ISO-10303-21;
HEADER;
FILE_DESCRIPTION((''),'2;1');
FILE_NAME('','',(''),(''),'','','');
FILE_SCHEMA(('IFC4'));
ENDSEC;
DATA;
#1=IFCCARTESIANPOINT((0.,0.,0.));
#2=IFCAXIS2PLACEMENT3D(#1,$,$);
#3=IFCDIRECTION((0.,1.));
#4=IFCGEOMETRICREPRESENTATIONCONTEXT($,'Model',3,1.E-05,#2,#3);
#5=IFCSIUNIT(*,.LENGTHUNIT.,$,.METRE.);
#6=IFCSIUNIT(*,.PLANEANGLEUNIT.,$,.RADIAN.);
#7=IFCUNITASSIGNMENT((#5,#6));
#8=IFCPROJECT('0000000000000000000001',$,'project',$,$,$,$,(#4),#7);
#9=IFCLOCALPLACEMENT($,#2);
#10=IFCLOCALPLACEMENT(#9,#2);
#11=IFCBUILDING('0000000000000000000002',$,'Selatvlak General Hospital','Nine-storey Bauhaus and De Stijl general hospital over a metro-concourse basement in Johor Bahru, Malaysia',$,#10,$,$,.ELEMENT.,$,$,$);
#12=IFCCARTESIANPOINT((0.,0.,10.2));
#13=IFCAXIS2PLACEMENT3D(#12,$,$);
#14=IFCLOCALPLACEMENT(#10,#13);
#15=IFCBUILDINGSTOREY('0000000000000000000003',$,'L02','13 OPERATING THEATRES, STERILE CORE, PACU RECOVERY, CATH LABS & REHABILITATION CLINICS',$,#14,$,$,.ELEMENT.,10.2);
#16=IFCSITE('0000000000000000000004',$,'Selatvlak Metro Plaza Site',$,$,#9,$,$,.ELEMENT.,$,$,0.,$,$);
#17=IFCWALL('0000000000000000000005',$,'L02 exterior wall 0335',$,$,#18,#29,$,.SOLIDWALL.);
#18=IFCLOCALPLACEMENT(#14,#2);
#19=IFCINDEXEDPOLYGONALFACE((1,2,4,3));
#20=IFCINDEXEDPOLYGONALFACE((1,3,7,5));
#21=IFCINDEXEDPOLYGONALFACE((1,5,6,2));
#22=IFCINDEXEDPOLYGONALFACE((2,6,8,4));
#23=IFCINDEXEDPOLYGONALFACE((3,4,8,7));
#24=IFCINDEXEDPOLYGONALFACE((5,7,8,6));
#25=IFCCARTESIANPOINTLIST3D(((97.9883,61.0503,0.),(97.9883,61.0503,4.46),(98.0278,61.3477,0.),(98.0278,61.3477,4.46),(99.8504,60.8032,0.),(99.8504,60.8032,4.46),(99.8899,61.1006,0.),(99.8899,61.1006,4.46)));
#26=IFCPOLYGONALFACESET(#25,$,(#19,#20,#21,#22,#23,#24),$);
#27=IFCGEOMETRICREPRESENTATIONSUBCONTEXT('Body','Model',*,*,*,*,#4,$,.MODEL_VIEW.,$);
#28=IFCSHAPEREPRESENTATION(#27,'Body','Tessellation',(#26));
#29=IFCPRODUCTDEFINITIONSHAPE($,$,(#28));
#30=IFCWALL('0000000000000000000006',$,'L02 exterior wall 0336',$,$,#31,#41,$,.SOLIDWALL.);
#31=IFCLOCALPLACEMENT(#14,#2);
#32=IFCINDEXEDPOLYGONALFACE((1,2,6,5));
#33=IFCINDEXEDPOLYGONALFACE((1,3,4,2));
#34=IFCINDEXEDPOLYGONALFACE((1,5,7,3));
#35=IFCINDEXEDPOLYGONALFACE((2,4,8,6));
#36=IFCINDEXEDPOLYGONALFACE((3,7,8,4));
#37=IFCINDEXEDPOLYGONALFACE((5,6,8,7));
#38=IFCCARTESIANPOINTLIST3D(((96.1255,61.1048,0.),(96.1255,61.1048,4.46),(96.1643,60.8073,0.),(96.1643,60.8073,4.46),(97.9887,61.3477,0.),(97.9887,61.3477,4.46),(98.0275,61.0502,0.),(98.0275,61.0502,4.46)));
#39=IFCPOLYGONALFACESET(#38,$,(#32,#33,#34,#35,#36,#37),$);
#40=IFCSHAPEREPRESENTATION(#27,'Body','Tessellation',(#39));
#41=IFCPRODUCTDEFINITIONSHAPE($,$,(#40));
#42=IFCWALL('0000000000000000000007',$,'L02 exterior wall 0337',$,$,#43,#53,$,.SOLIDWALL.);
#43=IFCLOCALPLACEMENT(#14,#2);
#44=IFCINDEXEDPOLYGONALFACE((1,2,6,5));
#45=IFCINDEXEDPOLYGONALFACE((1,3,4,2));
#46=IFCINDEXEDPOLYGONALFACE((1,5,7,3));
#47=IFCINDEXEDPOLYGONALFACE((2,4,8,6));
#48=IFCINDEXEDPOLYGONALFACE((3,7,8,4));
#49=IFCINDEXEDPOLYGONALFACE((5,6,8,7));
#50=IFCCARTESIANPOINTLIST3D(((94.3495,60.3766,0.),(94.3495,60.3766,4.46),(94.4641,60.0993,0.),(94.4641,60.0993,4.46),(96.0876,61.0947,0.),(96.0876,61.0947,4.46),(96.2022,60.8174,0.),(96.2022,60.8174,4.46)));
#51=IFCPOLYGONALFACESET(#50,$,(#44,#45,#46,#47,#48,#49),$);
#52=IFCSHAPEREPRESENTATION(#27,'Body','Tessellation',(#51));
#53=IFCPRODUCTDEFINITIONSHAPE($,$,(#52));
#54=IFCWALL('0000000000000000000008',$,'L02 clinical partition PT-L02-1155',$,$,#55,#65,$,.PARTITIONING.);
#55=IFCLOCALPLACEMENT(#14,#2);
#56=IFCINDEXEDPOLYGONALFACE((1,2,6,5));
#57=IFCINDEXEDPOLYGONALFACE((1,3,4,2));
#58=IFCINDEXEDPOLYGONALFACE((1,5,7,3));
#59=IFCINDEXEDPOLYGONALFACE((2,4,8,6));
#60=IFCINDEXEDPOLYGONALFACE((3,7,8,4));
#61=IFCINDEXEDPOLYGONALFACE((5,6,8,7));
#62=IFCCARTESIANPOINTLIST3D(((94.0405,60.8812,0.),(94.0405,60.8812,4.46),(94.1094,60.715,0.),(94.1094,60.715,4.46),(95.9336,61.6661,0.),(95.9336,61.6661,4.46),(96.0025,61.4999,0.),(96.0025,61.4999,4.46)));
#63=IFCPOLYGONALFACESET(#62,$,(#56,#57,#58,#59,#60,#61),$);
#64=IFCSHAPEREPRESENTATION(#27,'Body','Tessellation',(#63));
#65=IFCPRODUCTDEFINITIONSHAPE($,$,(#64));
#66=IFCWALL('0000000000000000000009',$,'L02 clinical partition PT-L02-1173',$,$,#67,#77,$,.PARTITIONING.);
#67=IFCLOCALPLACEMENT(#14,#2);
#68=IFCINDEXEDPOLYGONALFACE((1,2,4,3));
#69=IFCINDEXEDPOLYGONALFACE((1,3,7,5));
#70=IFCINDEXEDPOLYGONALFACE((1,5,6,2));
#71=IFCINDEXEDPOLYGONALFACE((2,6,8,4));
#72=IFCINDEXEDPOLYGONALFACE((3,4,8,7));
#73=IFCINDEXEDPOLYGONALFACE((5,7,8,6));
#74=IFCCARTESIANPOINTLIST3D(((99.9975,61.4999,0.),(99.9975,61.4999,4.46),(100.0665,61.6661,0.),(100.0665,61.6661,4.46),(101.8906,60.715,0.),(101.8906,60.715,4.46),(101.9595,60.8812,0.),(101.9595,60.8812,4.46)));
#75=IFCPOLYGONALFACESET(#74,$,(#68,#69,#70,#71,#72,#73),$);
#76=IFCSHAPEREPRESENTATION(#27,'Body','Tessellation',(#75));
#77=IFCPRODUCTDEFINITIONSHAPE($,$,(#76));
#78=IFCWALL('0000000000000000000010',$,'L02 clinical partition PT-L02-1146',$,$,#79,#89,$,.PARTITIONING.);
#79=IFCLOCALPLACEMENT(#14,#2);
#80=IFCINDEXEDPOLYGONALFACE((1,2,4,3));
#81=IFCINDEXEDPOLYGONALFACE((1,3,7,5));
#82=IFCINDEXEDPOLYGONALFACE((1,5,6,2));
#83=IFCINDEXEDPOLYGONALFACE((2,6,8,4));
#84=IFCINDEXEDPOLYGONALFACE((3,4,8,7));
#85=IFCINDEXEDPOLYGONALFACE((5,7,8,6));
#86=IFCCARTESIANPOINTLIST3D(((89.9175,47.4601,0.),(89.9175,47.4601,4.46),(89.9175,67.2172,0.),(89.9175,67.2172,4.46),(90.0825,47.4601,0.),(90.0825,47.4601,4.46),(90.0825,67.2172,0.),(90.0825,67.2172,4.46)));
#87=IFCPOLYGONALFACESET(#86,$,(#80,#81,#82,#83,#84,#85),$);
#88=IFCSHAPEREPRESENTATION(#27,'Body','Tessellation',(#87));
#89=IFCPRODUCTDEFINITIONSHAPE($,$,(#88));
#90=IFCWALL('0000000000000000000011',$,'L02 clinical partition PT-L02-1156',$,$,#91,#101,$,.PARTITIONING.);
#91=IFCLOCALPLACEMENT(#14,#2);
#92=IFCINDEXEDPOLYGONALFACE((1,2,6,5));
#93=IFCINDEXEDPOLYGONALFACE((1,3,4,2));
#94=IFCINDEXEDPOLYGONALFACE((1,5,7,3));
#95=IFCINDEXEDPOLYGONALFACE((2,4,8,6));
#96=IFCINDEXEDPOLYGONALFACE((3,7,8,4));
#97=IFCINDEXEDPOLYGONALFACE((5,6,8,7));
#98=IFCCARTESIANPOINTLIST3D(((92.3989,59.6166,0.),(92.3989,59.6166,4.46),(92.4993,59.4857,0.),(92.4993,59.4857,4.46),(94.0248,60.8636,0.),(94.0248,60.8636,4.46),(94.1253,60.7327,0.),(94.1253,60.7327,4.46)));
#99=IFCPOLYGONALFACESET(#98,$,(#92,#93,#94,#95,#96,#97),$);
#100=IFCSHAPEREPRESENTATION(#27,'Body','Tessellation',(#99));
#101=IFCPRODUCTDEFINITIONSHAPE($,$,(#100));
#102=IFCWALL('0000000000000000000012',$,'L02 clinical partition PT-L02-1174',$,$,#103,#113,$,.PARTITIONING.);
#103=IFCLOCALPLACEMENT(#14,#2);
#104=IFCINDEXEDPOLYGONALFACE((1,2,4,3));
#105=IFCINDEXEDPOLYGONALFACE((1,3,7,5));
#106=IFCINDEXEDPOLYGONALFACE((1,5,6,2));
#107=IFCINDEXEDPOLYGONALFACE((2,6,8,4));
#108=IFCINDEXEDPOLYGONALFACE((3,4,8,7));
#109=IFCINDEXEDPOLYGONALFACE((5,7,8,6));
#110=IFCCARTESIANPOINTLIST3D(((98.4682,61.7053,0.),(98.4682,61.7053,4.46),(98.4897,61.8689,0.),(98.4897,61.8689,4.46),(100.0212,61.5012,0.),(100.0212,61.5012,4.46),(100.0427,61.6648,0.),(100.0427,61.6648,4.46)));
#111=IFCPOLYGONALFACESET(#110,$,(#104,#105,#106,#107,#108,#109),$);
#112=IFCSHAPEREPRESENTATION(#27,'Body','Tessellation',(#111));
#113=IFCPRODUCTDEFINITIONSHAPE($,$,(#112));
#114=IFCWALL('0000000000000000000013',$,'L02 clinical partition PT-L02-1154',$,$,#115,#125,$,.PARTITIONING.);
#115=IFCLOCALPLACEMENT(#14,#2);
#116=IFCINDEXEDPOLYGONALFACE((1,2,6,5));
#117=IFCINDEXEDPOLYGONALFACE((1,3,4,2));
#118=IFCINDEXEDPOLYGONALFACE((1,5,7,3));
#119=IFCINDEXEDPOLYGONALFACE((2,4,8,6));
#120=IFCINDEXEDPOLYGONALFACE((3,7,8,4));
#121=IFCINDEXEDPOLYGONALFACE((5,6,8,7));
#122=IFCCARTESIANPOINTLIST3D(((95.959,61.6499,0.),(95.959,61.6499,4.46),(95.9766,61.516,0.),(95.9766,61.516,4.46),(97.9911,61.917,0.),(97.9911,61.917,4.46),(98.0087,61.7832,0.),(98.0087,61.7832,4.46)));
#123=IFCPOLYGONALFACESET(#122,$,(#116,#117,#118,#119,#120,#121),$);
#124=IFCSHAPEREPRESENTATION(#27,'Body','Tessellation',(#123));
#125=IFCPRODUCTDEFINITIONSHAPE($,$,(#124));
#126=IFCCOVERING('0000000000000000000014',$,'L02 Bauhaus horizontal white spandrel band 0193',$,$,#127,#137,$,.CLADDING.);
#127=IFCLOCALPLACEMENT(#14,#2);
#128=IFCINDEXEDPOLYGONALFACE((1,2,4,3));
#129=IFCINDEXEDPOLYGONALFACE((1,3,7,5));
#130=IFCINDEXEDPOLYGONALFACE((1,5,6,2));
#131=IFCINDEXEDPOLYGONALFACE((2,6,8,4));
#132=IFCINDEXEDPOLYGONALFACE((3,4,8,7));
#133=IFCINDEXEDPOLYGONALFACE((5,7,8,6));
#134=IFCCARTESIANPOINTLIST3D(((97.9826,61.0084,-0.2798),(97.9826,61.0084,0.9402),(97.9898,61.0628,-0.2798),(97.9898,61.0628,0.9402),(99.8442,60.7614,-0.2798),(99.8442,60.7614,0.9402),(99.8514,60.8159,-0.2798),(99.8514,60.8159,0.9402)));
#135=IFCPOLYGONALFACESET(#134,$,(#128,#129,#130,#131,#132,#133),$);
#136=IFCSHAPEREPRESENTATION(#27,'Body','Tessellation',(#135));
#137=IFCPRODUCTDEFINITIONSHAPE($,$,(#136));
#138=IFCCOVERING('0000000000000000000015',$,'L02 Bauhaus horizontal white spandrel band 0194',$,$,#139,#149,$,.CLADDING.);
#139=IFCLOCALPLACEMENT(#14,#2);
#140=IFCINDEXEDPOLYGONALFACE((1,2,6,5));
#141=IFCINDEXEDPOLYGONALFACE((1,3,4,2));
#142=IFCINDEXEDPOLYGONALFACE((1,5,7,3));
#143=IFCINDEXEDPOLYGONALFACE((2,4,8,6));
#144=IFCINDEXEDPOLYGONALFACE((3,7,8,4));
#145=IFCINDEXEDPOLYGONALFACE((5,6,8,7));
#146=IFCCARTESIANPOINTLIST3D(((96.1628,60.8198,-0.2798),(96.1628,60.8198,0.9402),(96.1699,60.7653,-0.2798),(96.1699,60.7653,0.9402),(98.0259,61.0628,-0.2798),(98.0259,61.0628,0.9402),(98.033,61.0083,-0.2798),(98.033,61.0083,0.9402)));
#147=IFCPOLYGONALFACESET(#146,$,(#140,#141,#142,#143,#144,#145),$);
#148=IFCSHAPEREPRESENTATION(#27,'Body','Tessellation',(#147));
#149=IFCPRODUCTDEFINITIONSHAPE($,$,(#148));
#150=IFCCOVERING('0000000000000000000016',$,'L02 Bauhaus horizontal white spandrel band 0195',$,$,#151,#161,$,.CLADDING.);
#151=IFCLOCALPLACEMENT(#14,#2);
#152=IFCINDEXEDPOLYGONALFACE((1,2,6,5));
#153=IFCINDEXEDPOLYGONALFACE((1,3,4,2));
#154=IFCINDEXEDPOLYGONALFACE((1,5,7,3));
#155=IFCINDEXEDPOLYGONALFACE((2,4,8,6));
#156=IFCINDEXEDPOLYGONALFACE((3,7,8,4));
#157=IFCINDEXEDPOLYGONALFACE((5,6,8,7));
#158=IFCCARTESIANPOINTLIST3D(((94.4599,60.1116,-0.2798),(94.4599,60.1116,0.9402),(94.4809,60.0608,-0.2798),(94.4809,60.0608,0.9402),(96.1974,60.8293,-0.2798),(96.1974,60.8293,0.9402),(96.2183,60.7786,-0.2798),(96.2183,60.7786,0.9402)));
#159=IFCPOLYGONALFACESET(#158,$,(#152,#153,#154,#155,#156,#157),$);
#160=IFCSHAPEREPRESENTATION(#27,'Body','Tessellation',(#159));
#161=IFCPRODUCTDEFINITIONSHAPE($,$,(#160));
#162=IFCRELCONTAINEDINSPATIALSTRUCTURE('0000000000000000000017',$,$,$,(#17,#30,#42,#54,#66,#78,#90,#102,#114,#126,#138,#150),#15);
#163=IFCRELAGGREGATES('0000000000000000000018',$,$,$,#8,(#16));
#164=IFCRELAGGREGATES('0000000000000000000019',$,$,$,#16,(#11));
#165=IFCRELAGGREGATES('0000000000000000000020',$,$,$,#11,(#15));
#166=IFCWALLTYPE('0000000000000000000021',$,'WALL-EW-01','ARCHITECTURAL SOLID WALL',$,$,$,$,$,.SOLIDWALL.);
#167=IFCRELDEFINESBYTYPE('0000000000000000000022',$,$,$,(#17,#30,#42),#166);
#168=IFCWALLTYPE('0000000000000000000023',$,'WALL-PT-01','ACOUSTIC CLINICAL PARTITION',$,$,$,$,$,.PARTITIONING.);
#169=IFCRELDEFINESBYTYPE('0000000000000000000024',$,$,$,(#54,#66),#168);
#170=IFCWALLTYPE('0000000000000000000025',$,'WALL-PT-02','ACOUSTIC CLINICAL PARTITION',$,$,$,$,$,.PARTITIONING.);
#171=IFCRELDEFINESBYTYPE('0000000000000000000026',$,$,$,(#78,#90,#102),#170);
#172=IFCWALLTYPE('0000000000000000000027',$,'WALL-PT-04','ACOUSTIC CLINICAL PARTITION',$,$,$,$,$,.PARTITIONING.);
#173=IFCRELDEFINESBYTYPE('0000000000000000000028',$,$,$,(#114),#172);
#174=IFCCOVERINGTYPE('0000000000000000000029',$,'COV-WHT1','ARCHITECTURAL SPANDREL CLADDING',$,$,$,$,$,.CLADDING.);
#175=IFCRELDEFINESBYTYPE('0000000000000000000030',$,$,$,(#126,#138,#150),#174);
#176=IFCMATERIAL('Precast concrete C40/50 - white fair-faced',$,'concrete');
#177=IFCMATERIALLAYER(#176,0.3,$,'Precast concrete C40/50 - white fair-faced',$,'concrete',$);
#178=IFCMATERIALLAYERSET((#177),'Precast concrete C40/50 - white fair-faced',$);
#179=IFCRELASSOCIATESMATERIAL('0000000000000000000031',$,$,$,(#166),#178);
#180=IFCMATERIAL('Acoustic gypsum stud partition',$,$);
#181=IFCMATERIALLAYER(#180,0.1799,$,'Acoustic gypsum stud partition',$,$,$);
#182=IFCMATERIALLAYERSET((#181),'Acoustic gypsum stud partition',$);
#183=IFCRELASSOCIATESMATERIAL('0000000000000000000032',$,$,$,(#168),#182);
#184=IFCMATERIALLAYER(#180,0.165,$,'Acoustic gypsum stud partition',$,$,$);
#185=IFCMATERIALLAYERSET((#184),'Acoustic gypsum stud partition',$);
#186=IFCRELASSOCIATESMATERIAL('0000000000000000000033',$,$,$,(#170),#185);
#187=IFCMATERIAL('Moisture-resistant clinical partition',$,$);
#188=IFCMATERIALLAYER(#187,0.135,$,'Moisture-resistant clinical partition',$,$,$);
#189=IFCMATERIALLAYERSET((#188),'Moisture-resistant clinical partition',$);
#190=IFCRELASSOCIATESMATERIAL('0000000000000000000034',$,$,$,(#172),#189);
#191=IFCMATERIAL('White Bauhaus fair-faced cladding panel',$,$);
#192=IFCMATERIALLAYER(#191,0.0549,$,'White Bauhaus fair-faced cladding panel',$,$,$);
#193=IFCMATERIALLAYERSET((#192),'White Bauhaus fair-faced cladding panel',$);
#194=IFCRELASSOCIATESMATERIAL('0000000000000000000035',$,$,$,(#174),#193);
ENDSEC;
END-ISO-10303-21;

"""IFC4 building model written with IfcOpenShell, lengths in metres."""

from ifc_helpers import new_model, si_unit, direction, frame, frame_2d, origin, origin_2d, place, context, subcontext, project, spatial, rectangle, extrude, material, layer, layer_set, type_object, element, save


model = new_model("IFC4")

# Units and contexts
model_context = context("Model", 3, precision=1e-05, world=origin(), true_north=direction((0.0, 1.0)))
body_context = subcontext(model_context, "Body", "Model", "MODEL_VIEW")
ifc_project = project(units=[si_unit("LENGTHUNIT", "METRE"), si_unit("PLANEANGLEUNIT", "RADIAN")], contexts=[model_context])

# Site, building, storey
site_placement = place(None, origin())
site = spatial("IfcSite", under=ifc_project, at=site_placement, Name="Selatvlak Metro Plaza Site", CompositionType="ELEMENT", RefElevation=0.0)
building_placement = place(site_placement, origin())
building = spatial("IfcBuilding", under=site, at=building_placement, Name="Selatvlak General Hospital", Description="Nine-storey Bauhaus and De Stijl general hospital over a metro-concourse basement in Johor Bahru, Malaysia", CompositionType="ELEMENT")
storey_placement = place(building_placement, frame((0.0, 0.0, 10.2)))
storey = spatial("IfcBuildingStorey", under=building, at=storey_placement, Name="L02", Description="13 OPERATING THEATRES, STERILE CORE, PACU RECOVERY, CATH LABS & REHABILITATION CLINICS", CompositionType="ELEMENT", Elevation=10.2)

# Walls
ifc_material_1 = material(Name="Precast concrete C40/50 - white fair-faced", Category="concrete")
ifc_layer_1 = layer(ifc_material_1, 0.3, Name="Precast concrete C40/50 - white fair-faced", Category="concrete")
ifc_layer_set_1 = layer_set([ifc_layer_1], Name="Precast concrete C40/50 - white fair-faced")
wall_type_1 = type_object("IfcWallType", Name="WALL-EW-01", Description="ARCHITECTURAL SOLID WALL", PredefinedType="SOLIDWALL", material=ifc_layer_set_1)
wall_1_placement = place(storey_placement, frame((99.8701, 60.9519, 0.0), z_axis=(0.0, 0.0, 1.0), x_axis=(-0.991312, 0.131534, 0.0)))
element("IfcWall", 1, at=wall_1_placement, inside=storey, type_object=wall_type_1, Name="L02 exterior wall 0335", PredefinedType="SOLIDWALL", context=body_context, shape_type="SweptSolid", body=[
    extrude(rectangle(XDim=1.8784, YDim=0.3, at=frame_2d((0.9392, 0.0))), origin(), (0.0, 0.0, 1.0), 4.46),
])
wall_2_placement = place(storey_placement, frame((98.0081, 61.199, 0.0), z_axis=(0.0, 0.0, 1.0), x_axis=(-0.991606, -0.129295, 0.0)))
element("IfcWall", 2, at=wall_2_placement, inside=storey, type_object=wall_type_1, Name="L02 exterior wall 0336", PredefinedType="SOLIDWALL", context=body_context, shape_type="SweptSolid", body=[
    extrude(rectangle(XDim=1.8789, YDim=0.3, at=frame_2d((0.9395, 0.0))), origin(), (0.0, 0.0, 1.0), 4.46),
])
wall_3_placement = place(storey_placement, frame((96.145, 60.9561, 0.0), z_axis=(0.0, 0.0, 1.0), x_axis=(-0.924237, -0.38182, 0.0)))
element("IfcWall", 3, at=wall_3_placement, inside=storey, type_object=wall_type_1, Name="L02 exterior wall 0337", PredefinedType="SOLIDWALL", context=body_context, shape_type="SweptSolid", body=[
    extrude(rectangle(XDim=1.8806, YDim=0.3, at=frame_2d((0.9404, 0.0))), origin(), (0.0, 0.0, 1.0), 4.46),
])
ifc_material_2 = material(Name="Acoustic gypsum stud partition")
ifc_layer_2 = layer(ifc_material_2, 0.1799, Name="Acoustic gypsum stud partition")
ifc_layer_set_2 = layer_set([ifc_layer_2], Name="Acoustic gypsum stud partition")
wall_type_2 = type_object("IfcWallType", Name="WALL-PT-01", Description="ACOUSTIC CLINICAL PARTITION", PredefinedType="PARTITIONING", material=ifc_layer_set_2)
for number, where, z_axis, x_axis, name in (
    (4, (95.968, 61.583, 0.0), (0.0, 0.0, 1.0), (-0.923745, -0.383008, 0.0), "L02 clinical partition PT-L02-1155"),
    (5, (101.925, 60.7981, 0.0), (0.0, 0.0, 1.0), (-0.923745, 0.383008, 0.0), "L02 clinical partition PT-L02-1173"),
):
    element("IfcWall", number, at=place(storey_placement, frame(where, z_axis=z_axis, x_axis=x_axis)), inside=storey, type_object=wall_type_2, Name=name, PredefinedType="PARTITIONING", context=body_context, shape_type="SweptSolid", body=[
        extrude(rectangle(XDim=2.0493, YDim=0.1799, at=frame_2d((1.0247, 0.0))), origin(), (0.0, 0.0, 1.0), 4.46),
    ])
ifc_layer_3 = layer(ifc_material_2, 0.165, Name="Acoustic gypsum stud partition")
ifc_layer_set_3 = layer_set([ifc_layer_3], Name="Acoustic gypsum stud partition")
wall_type_3 = type_object("IfcWallType", Name="WALL-PT-02", Description="ACOUSTIC CLINICAL PARTITION", PredefinedType="PARTITIONING", material=ifc_layer_set_3)
wall_4_placement = place(storey_placement, frame((90.0, 67.217, 0.0), z_axis=(0.0, 0.0, 1.0), x_axis=(0.0, -1.0, 0.0)))
element("IfcWall", 6, at=wall_4_placement, inside=storey, type_object=wall_type_3, Name="L02 clinical partition PT-L02-1146", PredefinedType="PARTITIONING", context=body_context, shape_type="SweptSolid", body=[
    extrude(rectangle(XDim=19.7571, YDim=0.165, at=frame_2d((9.8784, 0.0))), origin(), (0.0, 0.0, 1.0), 4.46),
])
wall_5_placement = place(storey_placement, frame((94.075, 60.7981, 0.0), z_axis=(0.0, 0.0, 1.0), x_axis=(-0.793491, -0.608582, 0.0)))
element("IfcWall", 7, at=wall_5_placement, inside=storey, type_object=wall_type_3, Name="L02 clinical partition PT-L02-1156", PredefinedType="PARTITIONING", context=body_context, shape_type="SweptSolid", body=[
    extrude(rectangle(XDim=2.0491, YDim=0.165, at=frame_2d((1.0244, 0.0))), origin(), (0.0, 0.0, 1.0), 4.46),
])
wall_6_placement = place(storey_placement, frame((100.032, 61.583, 0.0), z_axis=(0.0, 0.0, 1.0), x_axis=(-0.991474, 0.130305, 0.0)))
element("IfcWall", 8, at=wall_6_placement, inside=storey, type_object=wall_type_3, Name="L02 clinical partition PT-L02-1174", PredefinedType="PARTITIONING", context=body_context, shape_type="SweptSolid", body=[
    extrude(rectangle(XDim=1.5664, YDim=0.165, at=frame_2d((0.7832, 0.0))), origin(), (0.0, 0.0, 1.0), 4.46),
])
ifc_material_3 = material(Name="Moisture-resistant clinical partition")
ifc_layer_4 = layer(ifc_material_3, 0.135, Name="Moisture-resistant clinical partition")
ifc_layer_set_4 = layer_set([ifc_layer_4], Name="Moisture-resistant clinical partition")
wall_type_4 = type_object("IfcWallType", Name="WALL-PT-04", Description="ACOUSTIC CLINICAL PARTITION", PredefinedType="PARTITIONING", material=ifc_layer_set_4)
wall_7_placement = place(storey_placement, frame((98.0, 61.8501, 0.0), z_axis=(0.0, 0.0, 1.0), x_axis=(-0.991472, -0.130322, 0.0)))
element("IfcWall", 9, at=wall_7_placement, inside=storey, type_object=wall_type_4, Name="L02 clinical partition PT-L02-1154", PredefinedType="PARTITIONING", context=body_context, shape_type="SweptSolid", body=[
    extrude(rectangle(XDim=2.0496, YDim=0.135, at=frame_2d((1.0249, 0.0))), origin(), (0.0, 0.0, 1.0), 4.46),
])

# Coverings
ifc_material_4 = material(Name="White Bauhaus fair-faced cladding panel")
ifc_layer_5 = layer(ifc_material_4, 0.0549, Name="White Bauhaus fair-faced cladding panel")
ifc_layer_set_5 = layer_set([ifc_layer_5], Name="White Bauhaus fair-faced cladding panel")
covering_type = type_object("IfcCoveringType", Name="COV-WHT1", Description="ARCHITECTURAL SPANDREL CLADDING", PredefinedType="CLADDING", material=ifc_layer_set_5)
covering_1_placement = place(storey_placement, frame((98.917, 60.9121, -0.2798), z_axis=(0.0, 0.0, 1.0), x_axis=(-0.991317, 0.131495, 0.0)))
element("IfcCovering", 10, at=covering_1_placement, inside=storey, type_object=covering_type, Name="L02 Bauhaus horizontal white spandrel band 0193", PredefinedType="CLADDING", context=body_context, shape_type="SweptSolid", body=[
    extrude(rectangle(XDim=1.8779, YDim=0.0549, at=origin_2d()), origin(), (0.0, 0.0, 1.0), 1.22),
])
covering_2_placement = place(storey_placement, frame((97.0979, 60.9141, -0.2798), z_axis=(0.0, 0.0, 1.0), x_axis=(-0.991601, -0.129332, 0.0)))
element("IfcCovering", 11, at=covering_2_placement, inside=storey, type_object=covering_type, Name="L02 Bauhaus horizontal white spandrel band 0194", PredefinedType="CLADDING", context=body_context, shape_type="SweptSolid", body=[
    extrude(rectangle(XDim=1.8789, YDim=0.0549, at=origin_2d()), origin(), (0.0, 0.0, 1.0), 1.22),
])
covering_3_placement = place(storey_placement, frame((95.3391, 60.4451, -0.2798), z_axis=(0.0, 0.0, 1.0), x_axis=(-0.92424, -0.381813, 0.0)))
element("IfcCovering", 12, at=covering_3_placement, inside=storey, type_object=covering_type, Name="L02 Bauhaus horizontal white spandrel band 0195", PredefinedType="CLADDING", context=body_context, shape_type="SweptSolid", body=[
    extrude(rectangle(XDim=1.8799, YDim=0.0549, at=origin_2d()), origin(), (0.0, 0.0, 1.0), 1.22),
])

save(model, "model.ifc")
